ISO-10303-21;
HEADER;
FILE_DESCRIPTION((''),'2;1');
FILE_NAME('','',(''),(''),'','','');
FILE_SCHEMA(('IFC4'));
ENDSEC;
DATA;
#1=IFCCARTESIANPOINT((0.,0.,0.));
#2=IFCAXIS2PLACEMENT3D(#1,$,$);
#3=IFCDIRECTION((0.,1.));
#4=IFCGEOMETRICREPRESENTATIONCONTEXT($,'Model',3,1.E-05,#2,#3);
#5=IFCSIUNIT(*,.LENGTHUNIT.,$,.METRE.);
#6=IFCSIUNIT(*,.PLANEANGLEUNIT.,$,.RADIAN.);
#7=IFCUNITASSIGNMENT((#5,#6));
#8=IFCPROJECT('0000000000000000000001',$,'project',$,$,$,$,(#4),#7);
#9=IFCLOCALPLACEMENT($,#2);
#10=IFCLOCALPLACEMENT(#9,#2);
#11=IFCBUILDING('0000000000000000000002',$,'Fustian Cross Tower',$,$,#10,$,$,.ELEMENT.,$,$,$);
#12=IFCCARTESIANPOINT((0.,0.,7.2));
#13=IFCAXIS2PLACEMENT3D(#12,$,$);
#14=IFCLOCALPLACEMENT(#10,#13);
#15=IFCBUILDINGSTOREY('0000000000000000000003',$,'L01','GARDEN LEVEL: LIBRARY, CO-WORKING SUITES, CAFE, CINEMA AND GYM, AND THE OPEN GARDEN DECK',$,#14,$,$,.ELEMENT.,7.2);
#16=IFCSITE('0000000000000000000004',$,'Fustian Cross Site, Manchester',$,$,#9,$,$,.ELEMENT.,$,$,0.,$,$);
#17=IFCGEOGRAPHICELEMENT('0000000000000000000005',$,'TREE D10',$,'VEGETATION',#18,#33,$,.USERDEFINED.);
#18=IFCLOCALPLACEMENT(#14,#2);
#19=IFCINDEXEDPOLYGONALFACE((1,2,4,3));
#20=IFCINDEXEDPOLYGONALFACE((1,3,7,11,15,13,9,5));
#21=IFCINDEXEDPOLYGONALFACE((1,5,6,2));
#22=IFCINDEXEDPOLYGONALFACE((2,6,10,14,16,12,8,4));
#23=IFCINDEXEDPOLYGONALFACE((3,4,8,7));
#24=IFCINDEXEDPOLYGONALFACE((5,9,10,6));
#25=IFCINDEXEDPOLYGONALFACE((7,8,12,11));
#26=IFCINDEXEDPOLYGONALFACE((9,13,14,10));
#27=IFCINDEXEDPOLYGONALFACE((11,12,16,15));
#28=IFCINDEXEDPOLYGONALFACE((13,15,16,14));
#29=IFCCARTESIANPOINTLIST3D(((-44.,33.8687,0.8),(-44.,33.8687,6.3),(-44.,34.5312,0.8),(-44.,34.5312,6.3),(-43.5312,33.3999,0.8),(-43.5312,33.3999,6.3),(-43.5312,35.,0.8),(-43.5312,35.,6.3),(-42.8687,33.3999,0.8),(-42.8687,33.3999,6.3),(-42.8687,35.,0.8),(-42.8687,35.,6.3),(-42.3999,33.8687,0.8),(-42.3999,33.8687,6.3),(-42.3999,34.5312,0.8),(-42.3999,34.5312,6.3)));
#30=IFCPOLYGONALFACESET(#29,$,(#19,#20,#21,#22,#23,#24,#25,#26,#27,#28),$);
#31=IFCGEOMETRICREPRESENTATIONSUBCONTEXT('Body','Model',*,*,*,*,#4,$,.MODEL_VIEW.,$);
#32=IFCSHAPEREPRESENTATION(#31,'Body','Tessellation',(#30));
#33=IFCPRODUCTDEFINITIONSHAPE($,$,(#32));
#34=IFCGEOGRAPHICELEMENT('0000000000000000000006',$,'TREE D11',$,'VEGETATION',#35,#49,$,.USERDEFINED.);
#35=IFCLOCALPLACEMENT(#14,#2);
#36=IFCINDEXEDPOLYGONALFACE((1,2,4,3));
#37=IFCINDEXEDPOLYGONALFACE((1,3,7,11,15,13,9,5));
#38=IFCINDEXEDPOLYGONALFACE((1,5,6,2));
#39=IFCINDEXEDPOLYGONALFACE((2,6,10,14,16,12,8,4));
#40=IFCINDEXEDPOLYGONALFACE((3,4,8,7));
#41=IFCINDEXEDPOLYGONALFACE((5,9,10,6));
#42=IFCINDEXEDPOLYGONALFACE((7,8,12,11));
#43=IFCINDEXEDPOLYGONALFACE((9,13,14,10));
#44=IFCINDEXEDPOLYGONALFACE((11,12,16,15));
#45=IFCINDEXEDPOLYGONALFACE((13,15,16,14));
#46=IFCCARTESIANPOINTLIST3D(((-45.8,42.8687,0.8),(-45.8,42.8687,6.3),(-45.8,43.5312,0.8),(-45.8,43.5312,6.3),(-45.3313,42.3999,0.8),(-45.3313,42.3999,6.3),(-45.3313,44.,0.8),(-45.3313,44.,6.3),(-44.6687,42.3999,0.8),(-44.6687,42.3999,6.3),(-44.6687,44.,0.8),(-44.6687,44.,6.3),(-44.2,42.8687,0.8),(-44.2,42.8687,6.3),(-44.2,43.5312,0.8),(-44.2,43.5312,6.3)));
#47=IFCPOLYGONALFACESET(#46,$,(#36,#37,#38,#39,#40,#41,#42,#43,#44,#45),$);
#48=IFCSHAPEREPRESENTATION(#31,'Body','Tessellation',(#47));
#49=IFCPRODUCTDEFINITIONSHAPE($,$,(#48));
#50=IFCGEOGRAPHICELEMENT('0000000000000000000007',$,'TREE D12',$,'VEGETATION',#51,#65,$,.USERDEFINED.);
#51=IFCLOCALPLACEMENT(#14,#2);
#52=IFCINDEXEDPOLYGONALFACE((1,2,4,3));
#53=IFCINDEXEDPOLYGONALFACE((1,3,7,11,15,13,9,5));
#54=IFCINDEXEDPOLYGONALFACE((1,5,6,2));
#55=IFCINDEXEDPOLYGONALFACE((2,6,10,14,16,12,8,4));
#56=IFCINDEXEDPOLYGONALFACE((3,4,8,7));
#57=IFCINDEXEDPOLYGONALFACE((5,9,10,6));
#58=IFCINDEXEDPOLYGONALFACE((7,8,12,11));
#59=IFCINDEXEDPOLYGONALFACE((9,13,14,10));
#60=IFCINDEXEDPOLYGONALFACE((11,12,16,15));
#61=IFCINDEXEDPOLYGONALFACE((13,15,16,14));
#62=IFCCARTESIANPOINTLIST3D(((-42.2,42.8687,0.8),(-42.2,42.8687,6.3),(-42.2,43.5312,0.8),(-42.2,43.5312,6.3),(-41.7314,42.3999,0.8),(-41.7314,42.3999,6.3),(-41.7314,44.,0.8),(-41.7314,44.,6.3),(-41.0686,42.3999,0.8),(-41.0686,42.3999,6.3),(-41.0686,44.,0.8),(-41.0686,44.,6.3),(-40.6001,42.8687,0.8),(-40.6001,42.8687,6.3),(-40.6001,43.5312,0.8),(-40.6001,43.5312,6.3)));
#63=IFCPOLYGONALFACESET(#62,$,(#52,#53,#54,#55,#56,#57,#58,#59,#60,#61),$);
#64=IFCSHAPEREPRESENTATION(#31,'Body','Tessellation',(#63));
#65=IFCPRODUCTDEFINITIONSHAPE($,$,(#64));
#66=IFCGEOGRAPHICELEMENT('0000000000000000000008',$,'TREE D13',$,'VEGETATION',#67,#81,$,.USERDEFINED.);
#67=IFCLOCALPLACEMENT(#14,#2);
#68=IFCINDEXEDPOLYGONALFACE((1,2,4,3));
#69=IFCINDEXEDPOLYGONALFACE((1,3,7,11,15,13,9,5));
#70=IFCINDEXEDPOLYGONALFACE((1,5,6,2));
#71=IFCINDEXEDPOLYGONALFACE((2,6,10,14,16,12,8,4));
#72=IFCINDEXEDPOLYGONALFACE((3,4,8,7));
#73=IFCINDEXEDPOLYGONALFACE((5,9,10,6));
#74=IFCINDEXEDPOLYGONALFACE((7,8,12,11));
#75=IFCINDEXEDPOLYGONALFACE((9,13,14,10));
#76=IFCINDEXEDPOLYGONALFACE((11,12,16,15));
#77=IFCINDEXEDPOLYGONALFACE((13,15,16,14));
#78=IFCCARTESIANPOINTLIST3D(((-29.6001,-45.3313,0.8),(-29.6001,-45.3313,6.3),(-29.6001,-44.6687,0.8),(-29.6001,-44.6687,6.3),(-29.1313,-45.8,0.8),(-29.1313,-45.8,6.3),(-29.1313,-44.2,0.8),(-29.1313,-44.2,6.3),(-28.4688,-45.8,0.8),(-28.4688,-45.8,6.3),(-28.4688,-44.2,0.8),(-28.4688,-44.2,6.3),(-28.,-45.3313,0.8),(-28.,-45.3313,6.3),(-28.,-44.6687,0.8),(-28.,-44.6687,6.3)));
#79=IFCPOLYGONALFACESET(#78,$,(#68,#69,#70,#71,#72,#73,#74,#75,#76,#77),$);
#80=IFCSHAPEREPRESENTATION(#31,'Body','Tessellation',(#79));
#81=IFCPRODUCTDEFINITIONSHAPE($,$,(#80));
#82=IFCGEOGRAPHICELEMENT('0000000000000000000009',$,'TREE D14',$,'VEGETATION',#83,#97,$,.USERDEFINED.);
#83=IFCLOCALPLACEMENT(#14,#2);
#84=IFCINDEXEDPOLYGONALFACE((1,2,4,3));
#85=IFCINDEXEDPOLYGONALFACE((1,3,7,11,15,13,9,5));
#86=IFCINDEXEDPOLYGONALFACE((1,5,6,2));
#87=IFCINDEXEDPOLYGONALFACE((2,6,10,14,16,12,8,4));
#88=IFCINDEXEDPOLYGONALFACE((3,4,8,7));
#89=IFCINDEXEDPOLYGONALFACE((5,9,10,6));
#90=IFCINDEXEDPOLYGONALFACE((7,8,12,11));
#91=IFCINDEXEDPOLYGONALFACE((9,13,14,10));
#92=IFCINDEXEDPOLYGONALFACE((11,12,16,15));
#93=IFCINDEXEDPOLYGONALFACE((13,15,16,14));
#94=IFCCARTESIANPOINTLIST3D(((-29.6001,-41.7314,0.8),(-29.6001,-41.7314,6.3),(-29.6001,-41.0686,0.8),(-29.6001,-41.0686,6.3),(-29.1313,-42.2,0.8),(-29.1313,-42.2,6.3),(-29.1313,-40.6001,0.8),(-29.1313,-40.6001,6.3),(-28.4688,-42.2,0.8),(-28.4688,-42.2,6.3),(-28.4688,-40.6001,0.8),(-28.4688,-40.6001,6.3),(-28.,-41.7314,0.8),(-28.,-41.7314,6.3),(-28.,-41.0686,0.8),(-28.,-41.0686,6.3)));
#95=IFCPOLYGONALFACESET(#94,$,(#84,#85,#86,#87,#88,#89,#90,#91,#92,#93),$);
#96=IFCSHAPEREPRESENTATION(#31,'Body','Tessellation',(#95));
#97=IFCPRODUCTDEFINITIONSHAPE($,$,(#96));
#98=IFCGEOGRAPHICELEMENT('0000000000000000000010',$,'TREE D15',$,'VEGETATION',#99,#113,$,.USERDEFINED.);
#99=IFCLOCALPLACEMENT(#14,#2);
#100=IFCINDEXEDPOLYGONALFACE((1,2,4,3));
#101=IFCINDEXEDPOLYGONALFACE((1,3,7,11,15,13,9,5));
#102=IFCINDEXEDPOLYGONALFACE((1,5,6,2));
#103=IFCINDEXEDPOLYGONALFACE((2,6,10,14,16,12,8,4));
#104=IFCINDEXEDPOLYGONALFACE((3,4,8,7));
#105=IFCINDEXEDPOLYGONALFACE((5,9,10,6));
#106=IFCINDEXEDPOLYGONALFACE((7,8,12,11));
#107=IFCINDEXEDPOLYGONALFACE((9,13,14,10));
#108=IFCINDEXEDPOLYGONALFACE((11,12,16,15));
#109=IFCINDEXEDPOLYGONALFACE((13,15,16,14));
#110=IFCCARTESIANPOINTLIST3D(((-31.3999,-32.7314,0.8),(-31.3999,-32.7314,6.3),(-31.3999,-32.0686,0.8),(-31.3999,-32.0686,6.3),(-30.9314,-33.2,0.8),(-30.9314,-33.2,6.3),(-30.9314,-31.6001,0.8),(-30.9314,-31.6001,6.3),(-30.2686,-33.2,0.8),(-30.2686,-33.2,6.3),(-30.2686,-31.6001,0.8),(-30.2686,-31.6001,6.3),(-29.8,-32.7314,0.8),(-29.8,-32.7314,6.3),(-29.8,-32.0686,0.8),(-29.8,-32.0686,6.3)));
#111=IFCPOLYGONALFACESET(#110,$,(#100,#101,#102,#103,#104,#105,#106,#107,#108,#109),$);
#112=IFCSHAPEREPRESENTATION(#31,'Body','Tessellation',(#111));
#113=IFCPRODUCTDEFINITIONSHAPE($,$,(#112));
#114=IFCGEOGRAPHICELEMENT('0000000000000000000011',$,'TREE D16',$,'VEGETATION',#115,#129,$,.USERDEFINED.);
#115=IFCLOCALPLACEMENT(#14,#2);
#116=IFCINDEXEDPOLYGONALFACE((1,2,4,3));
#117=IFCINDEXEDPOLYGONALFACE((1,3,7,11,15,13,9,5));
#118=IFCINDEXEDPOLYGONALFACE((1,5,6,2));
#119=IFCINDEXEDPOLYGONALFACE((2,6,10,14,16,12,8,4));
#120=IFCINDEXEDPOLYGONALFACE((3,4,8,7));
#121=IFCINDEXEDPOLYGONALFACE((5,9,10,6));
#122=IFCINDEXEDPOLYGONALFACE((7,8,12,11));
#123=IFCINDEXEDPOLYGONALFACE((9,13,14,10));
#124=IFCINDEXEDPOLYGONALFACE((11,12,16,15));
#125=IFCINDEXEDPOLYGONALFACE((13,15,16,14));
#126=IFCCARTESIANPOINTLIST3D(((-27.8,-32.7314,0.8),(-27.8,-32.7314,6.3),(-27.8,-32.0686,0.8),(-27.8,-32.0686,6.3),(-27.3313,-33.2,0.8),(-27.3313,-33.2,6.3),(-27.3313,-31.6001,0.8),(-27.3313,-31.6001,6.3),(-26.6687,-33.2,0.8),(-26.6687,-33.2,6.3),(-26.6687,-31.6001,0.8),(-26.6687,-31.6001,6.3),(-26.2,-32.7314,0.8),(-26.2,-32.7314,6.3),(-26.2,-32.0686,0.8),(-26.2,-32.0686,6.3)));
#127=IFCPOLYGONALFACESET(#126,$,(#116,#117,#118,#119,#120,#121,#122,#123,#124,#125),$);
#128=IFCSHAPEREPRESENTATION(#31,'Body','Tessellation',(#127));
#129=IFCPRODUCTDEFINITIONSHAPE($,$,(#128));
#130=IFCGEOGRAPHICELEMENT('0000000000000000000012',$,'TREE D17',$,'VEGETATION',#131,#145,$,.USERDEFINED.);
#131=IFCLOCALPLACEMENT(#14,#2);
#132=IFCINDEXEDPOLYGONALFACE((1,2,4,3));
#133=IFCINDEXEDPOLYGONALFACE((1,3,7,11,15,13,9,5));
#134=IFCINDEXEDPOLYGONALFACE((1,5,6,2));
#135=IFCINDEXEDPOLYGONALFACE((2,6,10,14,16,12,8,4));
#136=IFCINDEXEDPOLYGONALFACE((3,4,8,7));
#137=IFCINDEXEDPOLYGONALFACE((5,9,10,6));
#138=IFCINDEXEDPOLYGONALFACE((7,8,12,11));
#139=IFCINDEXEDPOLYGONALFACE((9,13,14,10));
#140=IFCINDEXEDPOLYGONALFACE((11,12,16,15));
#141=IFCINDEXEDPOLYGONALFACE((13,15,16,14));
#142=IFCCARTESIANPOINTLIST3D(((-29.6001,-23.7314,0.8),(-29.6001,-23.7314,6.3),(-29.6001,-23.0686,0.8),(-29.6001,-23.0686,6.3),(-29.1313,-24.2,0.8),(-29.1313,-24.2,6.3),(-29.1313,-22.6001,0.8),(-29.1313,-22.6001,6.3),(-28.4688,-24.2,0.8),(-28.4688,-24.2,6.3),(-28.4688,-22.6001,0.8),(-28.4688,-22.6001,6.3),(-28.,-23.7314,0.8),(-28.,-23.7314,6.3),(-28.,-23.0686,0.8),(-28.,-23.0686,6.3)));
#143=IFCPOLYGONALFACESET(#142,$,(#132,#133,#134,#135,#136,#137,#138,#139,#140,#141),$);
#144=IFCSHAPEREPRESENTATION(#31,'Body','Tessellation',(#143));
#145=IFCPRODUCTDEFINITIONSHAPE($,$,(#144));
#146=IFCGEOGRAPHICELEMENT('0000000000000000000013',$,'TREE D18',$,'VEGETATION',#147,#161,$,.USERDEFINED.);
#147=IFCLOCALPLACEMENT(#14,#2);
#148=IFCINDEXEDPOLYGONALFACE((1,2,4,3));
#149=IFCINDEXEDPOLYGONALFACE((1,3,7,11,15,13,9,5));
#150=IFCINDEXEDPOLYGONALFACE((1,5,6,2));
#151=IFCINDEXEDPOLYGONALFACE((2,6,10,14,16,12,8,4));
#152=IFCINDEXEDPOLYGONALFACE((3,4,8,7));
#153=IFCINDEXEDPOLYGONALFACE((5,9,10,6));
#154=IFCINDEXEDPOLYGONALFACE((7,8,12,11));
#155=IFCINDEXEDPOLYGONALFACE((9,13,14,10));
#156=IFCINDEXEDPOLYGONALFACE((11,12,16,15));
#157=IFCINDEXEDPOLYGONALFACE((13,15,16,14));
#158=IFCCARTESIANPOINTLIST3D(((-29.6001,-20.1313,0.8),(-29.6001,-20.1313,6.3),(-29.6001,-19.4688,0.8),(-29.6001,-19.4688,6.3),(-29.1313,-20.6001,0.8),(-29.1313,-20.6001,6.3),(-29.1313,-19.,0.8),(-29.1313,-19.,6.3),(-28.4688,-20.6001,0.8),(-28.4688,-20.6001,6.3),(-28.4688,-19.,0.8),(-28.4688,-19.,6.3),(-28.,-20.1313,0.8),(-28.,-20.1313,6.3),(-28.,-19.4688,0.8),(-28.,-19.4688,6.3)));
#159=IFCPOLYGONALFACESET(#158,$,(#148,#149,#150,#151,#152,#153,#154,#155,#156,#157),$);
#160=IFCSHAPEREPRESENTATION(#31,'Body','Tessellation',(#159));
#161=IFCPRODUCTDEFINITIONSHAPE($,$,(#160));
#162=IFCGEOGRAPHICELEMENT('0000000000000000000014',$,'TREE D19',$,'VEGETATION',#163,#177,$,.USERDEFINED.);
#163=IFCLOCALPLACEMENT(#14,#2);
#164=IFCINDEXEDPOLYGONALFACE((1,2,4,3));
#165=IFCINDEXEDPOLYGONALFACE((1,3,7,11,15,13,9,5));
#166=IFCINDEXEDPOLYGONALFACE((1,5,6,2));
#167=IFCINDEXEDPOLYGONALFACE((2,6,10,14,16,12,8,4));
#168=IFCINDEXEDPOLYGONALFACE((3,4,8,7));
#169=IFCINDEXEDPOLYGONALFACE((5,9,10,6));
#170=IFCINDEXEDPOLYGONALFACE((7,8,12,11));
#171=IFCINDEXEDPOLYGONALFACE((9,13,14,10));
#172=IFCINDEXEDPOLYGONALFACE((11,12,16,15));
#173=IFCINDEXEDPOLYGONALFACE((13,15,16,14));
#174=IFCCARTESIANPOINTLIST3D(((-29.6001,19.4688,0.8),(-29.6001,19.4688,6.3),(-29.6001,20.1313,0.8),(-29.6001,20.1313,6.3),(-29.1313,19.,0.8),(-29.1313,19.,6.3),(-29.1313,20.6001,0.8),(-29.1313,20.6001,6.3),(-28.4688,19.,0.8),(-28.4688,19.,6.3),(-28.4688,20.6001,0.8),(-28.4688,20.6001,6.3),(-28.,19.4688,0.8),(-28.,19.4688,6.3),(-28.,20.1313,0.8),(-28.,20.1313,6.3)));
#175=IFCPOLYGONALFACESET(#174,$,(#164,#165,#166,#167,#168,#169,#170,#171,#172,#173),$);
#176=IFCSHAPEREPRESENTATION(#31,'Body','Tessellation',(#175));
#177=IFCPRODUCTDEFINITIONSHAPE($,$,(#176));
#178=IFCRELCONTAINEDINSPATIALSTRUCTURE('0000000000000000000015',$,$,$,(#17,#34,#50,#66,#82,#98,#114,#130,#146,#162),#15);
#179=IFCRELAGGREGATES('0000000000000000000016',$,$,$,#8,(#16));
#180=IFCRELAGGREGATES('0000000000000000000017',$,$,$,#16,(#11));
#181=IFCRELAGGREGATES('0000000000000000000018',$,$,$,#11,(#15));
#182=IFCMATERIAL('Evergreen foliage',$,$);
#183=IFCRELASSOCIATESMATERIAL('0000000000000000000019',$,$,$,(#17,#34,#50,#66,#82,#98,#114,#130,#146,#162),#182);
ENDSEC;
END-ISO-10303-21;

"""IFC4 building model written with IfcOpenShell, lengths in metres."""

from ifc_helpers import new_model, si_unit, direction, frame, origin, place, context, subcontext, project, spatial, polyline, outline, extrude, material, element, save


model = new_model("IFC4")

# Units and contexts
model_context = context("Model", 3, precision=1e-05, world=origin(), true_north=direction((0.0, 1.0)))
body_context = subcontext(model_context, "Body", "Model", "MODEL_VIEW")
ifc_project = project(units=[si_unit("LENGTHUNIT", "METRE"), si_unit("PLANEANGLEUNIT", "RADIAN")], contexts=[model_context])

# Site, building, storey
site_placement = place(None, origin())
site = spatial("IfcSite", under=ifc_project, at=site_placement, Name="Fustian Cross Site, Manchester", CompositionType="ELEMENT", RefElevation=0.0)
building_placement = place(site_placement, origin())
building = spatial("IfcBuilding", under=site, at=building_placement, Name="Fustian Cross Tower", CompositionType="ELEMENT")
storey_placement = place(building_placement, frame((0.0, 0.0, 7.2)))
storey = spatial("IfcBuildingStorey", under=building, at=storey_placement, Name="L01", Description="GARDEN LEVEL: LIBRARY, CO-WORKING SUITES, CAFE, CINEMA AND GYM, AND THE OPEN GARDEN DECK", CompositionType="ELEMENT", Elevation=7.2)

# Geographic elements
ifc_material = material(Name="Evergreen foliage")
geographic_element_1_placement = place(storey_placement, frame((0.0, 0.0, 0.8)))
element("IfcGeographicElement", 1, at=geographic_element_1_placement, inside=storey, material=ifc_material, Name="TREE D10", ObjectType="VEGETATION", PredefinedType="USERDEFINED", context=body_context, shape_type="SweptSolid", body=[
    extrude(outline(polyline([(-42.3999, 34.5312), (-42.8687, 35.0), (-43.5312, 35.0), (-44.0, 34.5312), (-44.0, 33.8687), (-43.5312, 33.3999), (-42.8687, 33.3999), (-42.3999, 33.8687), (-42.3999, 34.5312)])), origin(), (0.0, 0.0, 1.0), 5.5),
])
geographic_element_2_placement = place(storey_placement, frame((0.0, 0.0, 0.8)))
element("IfcGeographicElement", 2, at=geographic_element_2_placement, inside=storey, material=ifc_material, Name="TREE D11", ObjectType="VEGETATION", PredefinedType="USERDEFINED", context=body_context, shape_type="SweptSolid", body=[
    extrude(outline(polyline([(-44.2, 43.5312), (-44.6687, 44.0), (-45.3313, 44.0), (-45.8, 43.5312), (-45.8, 42.8687), (-45.3313, 42.3999), (-44.6687, 42.3999), (-44.2, 42.8687), (-44.2, 43.5312)])), origin(), (0.0, 0.0, 1.0), 5.5),
])
geographic_element_3_placement = place(storey_placement, frame((0.0, 0.0, 0.8)))
element("IfcGeographicElement", 3, at=geographic_element_3_placement, inside=storey, material=ifc_material, Name="TREE D12", ObjectType="VEGETATION", PredefinedType="USERDEFINED", context=body_context, shape_type="SweptSolid", body=[
    extrude(outline(polyline([(-40.6001, 43.5312), (-41.0686, 44.0), (-41.7314, 44.0), (-42.2, 43.5312), (-42.2, 42.8687), (-41.7314, 42.3999), (-41.0686, 42.3999), (-40.6001, 42.8687), (-40.6001, 43.5312)])), origin(), (0.0, 0.0, 1.0), 5.5),
])
geographic_element_4_placement = place(storey_placement, frame((0.0, 0.0, 0.8)))
element("IfcGeographicElement", 4, at=geographic_element_4_placement, inside=storey, material=ifc_material, Name="TREE D13", ObjectType="VEGETATION", PredefinedType="USERDEFINED", context=body_context, shape_type="SweptSolid", body=[
    extrude(outline(polyline([(-28.0, -44.6687), (-28.4688, -44.2), (-29.1313, -44.2), (-29.6001, -44.6687), (-29.6001, -45.3313), (-29.1313, -45.8), (-28.4688, -45.8), (-28.0, -45.3313), (-28.0, -44.6687)])), origin(), (0.0, 0.0, 1.0), 5.5),
])
geographic_element_5_placement = place(storey_placement, frame((0.0, 0.0, 0.8)))
element("IfcGeographicElement", 5, at=geographic_element_5_placement, inside=storey, material=ifc_material, Name="TREE D14", ObjectType="VEGETATION", PredefinedType="USERDEFINED", context=body_context, shape_type="SweptSolid", body=[
    extrude(outline(polyline([(-28.0, -41.0686), (-28.4688, -40.6001), (-29.1313, -40.6001), (-29.6001, -41.0686), (-29.6001, -41.7314), (-29.1313, -42.2), (-28.4688, -42.2), (-28.0, -41.7314), (-28.0, -41.0686)])), origin(), (0.0, 0.0, 1.0), 5.5),
])
geographic_element_6_placement = place(storey_placement, frame((0.0, 0.0, 0.8)))
element("IfcGeographicElement", 6, at=geographic_element_6_placement, inside=storey, material=ifc_material, Name="TREE D15", ObjectType="VEGETATION", PredefinedType="USERDEFINED", context=body_context, shape_type="SweptSolid", body=[
    extrude(outline(polyline([(-29.8, -32.0686), (-30.2686, -31.6001), (-30.9314, -31.6001), (-31.3999, -32.0686), (-31.3999, -32.7314), (-30.9314, -33.2), (-30.2686, -33.2), (-29.8, -32.7314), (-29.8, -32.0686)])), origin(), (0.0, 0.0, 1.0), 5.5),
])
geographic_element_7_placement = place(storey_placement, frame((0.0, 0.0, 0.8)))
element("IfcGeographicElement", 7, at=geographic_element_7_placement, inside=storey, material=ifc_material, Name="TREE D16", ObjectType="VEGETATION", PredefinedType="USERDEFINED", context=body_context, shape_type="SweptSolid", body=[
    extrude(outline(polyline([(-26.2, -32.0686), (-26.6687, -31.6001), (-27.3313, -31.6001), (-27.8, -32.0686), (-27.8, -32.7314), (-27.3313, -33.2), (-26.6687, -33.2), (-26.2, -32.7314), (-26.2, -32.0686)])), origin(), (0.0, 0.0, 1.0), 5.5),
])
geographic_element_8_placement = place(storey_placement, frame((0.0, 0.0, 0.8)))
element("IfcGeographicElement", 8, at=geographic_element_8_placement, inside=storey, material=ifc_material, Name="TREE D17", ObjectType="VEGETATION", PredefinedType="USERDEFINED", context=body_context, shape_type="SweptSolid", body=[
    extrude(outline(polyline([(-28.0, -23.0686), (-28.4688, -22.6001), (-29.1313, -22.6001), (-29.6001, -23.0686), (-29.6001, -23.7314), (-29.1313, -24.2), (-28.4688, -24.2), (-28.0, -23.7314), (-28.0, -23.0686)])), origin(), (0.0, 0.0, 1.0), 5.5),
])
geographic_element_9_placement = place(storey_placement, frame((0.0, 0.0, 0.8)))
element("IfcGeographicElement", 9, at=geographic_element_9_placement, inside=storey, material=ifc_material, Name="TREE D18", ObjectType="VEGETATION", PredefinedType="USERDEFINED", context=body_context, shape_type="SweptSolid", body=[
    extrude(outline(polyline([(-28.0, -19.4688), (-28.4688, -19.0), (-29.1313, -19.0), (-29.6001, -19.4688), (-29.6001, -20.1313), (-29.1313, -20.6001), (-28.4688, -20.6001), (-28.0, -20.1313), (-28.0, -19.4688)])), origin(), (0.0, 0.0, 1.0), 5.5),
])
geographic_element_10_placement = place(storey_placement, frame((0.0, 0.0, 0.8)))
element("IfcGeographicElement", 10, at=geographic_element_10_placement, inside=storey, material=ifc_material, Name="TREE D19", ObjectType="VEGETATION", PredefinedType="USERDEFINED", context=body_context, shape_type="SweptSolid", body=[
    extrude(outline(polyline([(-28.0, 20.1313), (-28.4688, 20.6001), (-29.1313, 20.6001), (-29.6001, 20.1313), (-29.6001, 19.4688), (-29.1313, 19.0), (-28.4688, 19.0), (-28.0, 19.4688), (-28.0, 20.1313)])), origin(), (0.0, 0.0, 1.0), 5.5),
])

save(model, "model.ifc")
